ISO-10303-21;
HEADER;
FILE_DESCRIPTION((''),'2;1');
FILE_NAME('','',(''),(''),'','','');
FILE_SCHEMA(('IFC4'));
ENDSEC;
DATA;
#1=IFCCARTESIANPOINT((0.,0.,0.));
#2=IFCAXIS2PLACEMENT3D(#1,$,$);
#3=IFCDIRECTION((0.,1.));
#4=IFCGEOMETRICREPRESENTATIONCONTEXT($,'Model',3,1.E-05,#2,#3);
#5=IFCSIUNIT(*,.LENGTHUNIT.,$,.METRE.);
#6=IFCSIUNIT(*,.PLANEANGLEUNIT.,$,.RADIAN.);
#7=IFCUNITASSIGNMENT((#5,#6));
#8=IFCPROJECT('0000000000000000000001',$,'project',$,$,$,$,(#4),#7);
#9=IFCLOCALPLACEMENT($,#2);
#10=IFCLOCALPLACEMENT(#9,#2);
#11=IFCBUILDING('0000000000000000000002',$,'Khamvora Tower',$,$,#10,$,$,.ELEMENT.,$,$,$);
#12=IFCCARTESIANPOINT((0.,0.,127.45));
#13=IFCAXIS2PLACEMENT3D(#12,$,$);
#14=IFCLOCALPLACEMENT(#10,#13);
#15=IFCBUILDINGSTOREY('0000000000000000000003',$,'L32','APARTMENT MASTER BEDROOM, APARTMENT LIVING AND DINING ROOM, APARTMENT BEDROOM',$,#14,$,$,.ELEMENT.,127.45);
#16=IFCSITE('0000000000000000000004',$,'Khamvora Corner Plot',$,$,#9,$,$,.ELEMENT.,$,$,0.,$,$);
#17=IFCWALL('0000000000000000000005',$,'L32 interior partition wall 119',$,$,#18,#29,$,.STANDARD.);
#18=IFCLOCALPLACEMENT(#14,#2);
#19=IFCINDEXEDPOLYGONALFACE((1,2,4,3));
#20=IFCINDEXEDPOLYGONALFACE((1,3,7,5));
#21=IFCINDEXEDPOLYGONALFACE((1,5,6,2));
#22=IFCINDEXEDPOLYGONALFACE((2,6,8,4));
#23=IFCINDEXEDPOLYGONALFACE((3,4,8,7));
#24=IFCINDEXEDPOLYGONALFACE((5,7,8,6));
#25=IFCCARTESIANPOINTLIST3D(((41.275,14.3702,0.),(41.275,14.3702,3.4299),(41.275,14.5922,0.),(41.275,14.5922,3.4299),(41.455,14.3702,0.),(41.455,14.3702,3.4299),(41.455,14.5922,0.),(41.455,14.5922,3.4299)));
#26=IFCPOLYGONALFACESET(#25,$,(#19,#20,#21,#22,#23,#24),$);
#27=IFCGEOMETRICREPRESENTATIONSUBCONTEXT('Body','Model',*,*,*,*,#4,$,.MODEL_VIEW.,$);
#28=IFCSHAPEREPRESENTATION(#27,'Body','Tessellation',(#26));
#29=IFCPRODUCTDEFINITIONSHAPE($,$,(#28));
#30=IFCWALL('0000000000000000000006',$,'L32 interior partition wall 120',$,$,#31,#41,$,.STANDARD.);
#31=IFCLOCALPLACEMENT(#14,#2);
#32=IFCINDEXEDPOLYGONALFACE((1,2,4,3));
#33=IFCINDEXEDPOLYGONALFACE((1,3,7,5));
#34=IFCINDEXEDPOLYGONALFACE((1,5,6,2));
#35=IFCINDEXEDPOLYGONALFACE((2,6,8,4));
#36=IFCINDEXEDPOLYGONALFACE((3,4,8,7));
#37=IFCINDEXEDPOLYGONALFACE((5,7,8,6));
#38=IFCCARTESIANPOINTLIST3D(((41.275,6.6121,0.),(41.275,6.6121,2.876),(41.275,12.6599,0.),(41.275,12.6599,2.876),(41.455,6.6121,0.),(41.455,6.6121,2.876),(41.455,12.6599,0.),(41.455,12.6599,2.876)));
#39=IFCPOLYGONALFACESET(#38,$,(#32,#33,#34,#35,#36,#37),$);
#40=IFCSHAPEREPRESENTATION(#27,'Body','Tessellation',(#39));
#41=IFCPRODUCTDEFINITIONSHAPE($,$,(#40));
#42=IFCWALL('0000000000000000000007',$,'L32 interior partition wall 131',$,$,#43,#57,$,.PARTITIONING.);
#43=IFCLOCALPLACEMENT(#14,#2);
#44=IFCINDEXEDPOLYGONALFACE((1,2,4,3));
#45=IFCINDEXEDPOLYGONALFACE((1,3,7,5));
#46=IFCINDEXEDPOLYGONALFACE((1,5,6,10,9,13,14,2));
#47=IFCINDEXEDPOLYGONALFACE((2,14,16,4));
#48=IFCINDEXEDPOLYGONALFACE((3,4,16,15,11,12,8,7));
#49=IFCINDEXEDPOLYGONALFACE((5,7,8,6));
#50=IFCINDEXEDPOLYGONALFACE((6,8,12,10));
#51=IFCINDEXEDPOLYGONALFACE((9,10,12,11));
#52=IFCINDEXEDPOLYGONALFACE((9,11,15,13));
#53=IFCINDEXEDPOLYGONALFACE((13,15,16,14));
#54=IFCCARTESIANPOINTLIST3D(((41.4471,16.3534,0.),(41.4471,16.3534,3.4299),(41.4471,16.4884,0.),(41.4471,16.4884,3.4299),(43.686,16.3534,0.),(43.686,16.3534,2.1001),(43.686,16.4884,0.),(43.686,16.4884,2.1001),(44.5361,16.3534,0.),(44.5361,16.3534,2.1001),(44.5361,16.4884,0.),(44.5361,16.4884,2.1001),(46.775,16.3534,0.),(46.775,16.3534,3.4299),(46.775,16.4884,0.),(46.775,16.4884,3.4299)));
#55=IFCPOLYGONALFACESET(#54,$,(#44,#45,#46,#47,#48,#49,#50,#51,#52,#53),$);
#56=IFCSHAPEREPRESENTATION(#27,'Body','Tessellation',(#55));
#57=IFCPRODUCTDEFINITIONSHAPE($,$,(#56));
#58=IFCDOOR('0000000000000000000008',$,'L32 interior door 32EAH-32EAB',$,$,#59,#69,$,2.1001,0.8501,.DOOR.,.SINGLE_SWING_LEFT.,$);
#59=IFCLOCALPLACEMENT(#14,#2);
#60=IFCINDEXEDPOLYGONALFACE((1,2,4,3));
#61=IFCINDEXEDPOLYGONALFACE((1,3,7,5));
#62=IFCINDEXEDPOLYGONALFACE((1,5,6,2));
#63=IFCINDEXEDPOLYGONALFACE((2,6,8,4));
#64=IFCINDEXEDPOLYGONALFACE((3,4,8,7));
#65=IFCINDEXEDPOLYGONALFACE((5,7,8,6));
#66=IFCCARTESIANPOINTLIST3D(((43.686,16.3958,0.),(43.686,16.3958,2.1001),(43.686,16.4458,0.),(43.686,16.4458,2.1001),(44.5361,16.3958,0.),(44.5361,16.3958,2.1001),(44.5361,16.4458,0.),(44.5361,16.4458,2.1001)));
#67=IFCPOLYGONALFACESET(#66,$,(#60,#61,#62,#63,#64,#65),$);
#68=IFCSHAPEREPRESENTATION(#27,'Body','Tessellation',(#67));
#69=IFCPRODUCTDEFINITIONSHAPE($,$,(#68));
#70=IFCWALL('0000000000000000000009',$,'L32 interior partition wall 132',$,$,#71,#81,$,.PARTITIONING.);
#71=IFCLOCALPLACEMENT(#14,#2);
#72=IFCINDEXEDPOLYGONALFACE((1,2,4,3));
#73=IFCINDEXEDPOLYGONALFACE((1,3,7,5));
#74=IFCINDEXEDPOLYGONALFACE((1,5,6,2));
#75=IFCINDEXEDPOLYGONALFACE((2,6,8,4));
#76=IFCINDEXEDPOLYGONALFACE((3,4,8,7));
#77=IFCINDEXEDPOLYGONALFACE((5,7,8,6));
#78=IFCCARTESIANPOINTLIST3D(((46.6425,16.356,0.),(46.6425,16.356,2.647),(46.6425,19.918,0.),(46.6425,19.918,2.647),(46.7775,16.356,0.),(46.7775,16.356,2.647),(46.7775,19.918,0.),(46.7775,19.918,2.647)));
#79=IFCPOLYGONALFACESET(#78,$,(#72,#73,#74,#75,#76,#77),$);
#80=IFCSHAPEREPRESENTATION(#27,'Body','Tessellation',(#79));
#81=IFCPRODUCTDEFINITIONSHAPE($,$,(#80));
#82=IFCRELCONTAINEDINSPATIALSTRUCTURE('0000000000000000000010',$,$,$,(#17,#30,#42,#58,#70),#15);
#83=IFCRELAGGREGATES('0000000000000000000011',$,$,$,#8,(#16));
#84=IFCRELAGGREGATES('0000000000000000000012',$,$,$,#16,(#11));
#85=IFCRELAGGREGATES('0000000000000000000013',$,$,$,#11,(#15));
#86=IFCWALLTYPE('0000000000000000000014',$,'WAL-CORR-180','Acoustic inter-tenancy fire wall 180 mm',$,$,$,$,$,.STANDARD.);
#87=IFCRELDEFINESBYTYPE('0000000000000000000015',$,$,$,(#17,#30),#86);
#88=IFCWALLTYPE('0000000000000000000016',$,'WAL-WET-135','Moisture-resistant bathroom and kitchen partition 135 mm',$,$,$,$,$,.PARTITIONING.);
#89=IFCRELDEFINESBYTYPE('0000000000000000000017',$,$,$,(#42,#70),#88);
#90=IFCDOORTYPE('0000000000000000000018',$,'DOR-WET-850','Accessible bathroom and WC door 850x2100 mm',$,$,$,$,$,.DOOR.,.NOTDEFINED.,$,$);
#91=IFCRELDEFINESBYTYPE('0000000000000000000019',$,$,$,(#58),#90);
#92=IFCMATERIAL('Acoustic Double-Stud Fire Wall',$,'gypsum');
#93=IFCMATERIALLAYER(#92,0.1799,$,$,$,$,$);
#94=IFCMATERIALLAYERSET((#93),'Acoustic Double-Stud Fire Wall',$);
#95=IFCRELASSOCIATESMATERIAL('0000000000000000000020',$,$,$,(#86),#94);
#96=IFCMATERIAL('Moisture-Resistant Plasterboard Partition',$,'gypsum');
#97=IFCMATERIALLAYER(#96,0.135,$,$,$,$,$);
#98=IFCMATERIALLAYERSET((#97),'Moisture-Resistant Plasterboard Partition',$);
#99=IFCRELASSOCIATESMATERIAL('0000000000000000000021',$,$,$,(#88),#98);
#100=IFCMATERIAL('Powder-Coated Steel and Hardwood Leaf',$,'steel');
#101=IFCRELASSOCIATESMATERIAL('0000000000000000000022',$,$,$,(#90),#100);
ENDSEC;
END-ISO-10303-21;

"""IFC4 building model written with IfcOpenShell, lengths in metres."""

from ifc_helpers import new_model, si_unit, direction, frame, frame_2d, origin, place, context, subcontext, project, spatial, rectangle, extrude, material, layer, layer_set, type_object, element, fill, save


model = new_model("IFC4")

# Units and contexts
model_context = context("Model", 3, precision=1e-05, world=origin(), true_north=direction((0.0, 1.0)))
body_context = subcontext(model_context, "Body", "Model", "MODEL_VIEW")
ifc_project = project(units=[si_unit("LENGTHUNIT", "METRE"), si_unit("PLANEANGLEUNIT", "RADIAN")], contexts=[model_context])

# Site, building, storey
site_placement = place(None, origin())
site = spatial("IfcSite", under=ifc_project, at=site_placement, Name="Khamvora Corner Plot", CompositionType="ELEMENT", RefElevation=0.0)
building_placement = place(site_placement, origin())
building = spatial("IfcBuilding", under=site, at=building_placement, Name="Khamvora Tower", CompositionType="ELEMENT")
storey_placement = place(building_placement, frame((0.0, 0.0, 127.45)))
storey = spatial("IfcBuildingStorey", under=building, at=storey_placement, Name="L32", Description="APARTMENT MASTER BEDROOM, APARTMENT LIVING AND DINING ROOM, APARTMENT BEDROOM", CompositionType="ELEMENT", Elevation=127.45)

# Walls
ifc_material_1 = material(Name="Acoustic Double-Stud Fire Wall", Category="gypsum")
ifc_layer_1 = layer(ifc_material_1, 0.1799)
ifc_layer_set_1 = layer_set([ifc_layer_1], Name="Acoustic Double-Stud Fire Wall")
wall_type_1 = type_object("IfcWallType", Name="WAL-CORR-180", Description="Acoustic inter-tenancy fire wall 180 mm", PredefinedType="STANDARD", material=ifc_layer_set_1)
wall_1_placement = place(storey_placement, frame((41.365, 14.592, 0.0), z_axis=(0.0, 0.0, 1.0), x_axis=(0.0, -1.0, 0.0)))
element("IfcWall", 1, at=wall_1_placement, inside=storey, type_object=wall_type_1, Name="L32 interior partition wall 119", PredefinedType="STANDARD", context=body_context, shape_type="SweptSolid", body=[
    extrude(rectangle(XDim=0.2219, YDim=0.1799, at=frame_2d((0.1108, 0.0))), origin(), (0.0, 0.0, 1.0), 3.4299),
])
wall_2_placement = place(storey_placement, frame((41.365, 12.6599, 0.0), z_axis=(0.0, 0.0, 1.0), x_axis=(0.0, -1.0, 0.0)))
element("IfcWall", 2, at=wall_2_placement, inside=storey, type_object=wall_type_1, Name="L32 interior partition wall 120", PredefinedType="STANDARD", context=body_context, shape_type="SweptSolid", body=[
    extrude(rectangle(XDim=6.0479, YDim=0.1799, at=frame_2d((3.0239, 0.0))), origin(), (0.0, 0.0, 1.0), 2.876),
])

# Wall, opening, door
ifc_material_2 = material(Name="Moisture-Resistant Plasterboard Partition", Category="gypsum")
ifc_layer_2 = layer(ifc_material_2, 0.135)
ifc_layer_set_2 = layer_set([ifc_layer_2], Name="Moisture-Resistant Plasterboard Partition")
wall_type_2 = type_object("IfcWallType", Name="WAL-WET-135", Description="Moisture-resistant bathroom and kitchen partition 135 mm", PredefinedType="PARTITIONING", material=ifc_layer_set_2)
wall_3_placement = place(storey_placement, frame((41.447, 16.4209, 0.0), z_axis=(0.0, 0.0, 1.0), x_axis=(1.0, 0.0, 0.0)))
wall_3 = element("IfcWall", 3, at=wall_3_placement, inside=storey, type_object=wall_type_2, Name="L32 interior partition wall 131", PredefinedType="PARTITIONING", context=body_context, shape_type="SweptSolid", body=[
    extrude(rectangle(XDim=5.3279, YDim=0.135, at=frame_2d((2.6641, 0.0))), origin(), (0.0, 0.0, 1.0), 3.4299),
])
opening_placement = place(wall_3_placement, frame((2.239, 0.0, 0.0)))
opening = element("IfcOpeningElement", 4, at=opening_placement, cuts=wall_3, PredefinedType="OPENING", context=body_context, shape_type="SweptSolid", body=[
    extrude(rectangle(XDim=0.8501, YDim=2.1001, at=frame_2d((0.425, 1.05))), frame((0.0, 0.0774, 0.0), z_axis=(0.0, -1.0, 0.0), x_axis=(1.0, 0.0, 0.0)), (0.0, 0.0, 1.0), 0.155),
])
ifc_material_3 = material(Name="Powder-Coated Steel and Hardwood Leaf", Category="steel")
door_type = type_object("IfcDoorType", Name="DOR-WET-850", Description="Accessible bathroom and WC door 850x2100 mm", OperationType="NOTDEFINED", PredefinedType="DOOR", material=ifc_material_3)
door_placement = place(opening_placement, origin())
door = element("IfcDoor", 5, at=door_placement, inside=storey, type_object=door_type, Name="L32 interior door 32EAH-32EAB", OperationType="SINGLE_SWING_LEFT", OverallHeight=2.1001, OverallWidth=0.8501, PredefinedType="DOOR", context=body_context, shape_type="SweptSolid", body=[
    extrude(rectangle(XDim=0.8501, YDim=2.1001, at=frame_2d((0.425, 1.05))), frame((0.0, 0.0249, 0.0), z_axis=(0.0, -1.0, 0.0), x_axis=(1.0, 0.0, 0.0)), (0.0, 0.0, 1.0), 0.05),
])
fill(opening, door)

# Wall
wall_4_placement = place(storey_placement, frame((46.71, 16.356, 0.0), z_axis=(0.0, 0.0, 1.0), x_axis=(0.0, 1.0, 0.0)))
element("IfcWall", 6, at=wall_4_placement, inside=storey, type_object=wall_type_2, Name="L32 interior partition wall 132", PredefinedType="PARTITIONING", context=body_context, shape_type="SweptSolid", body=[
    extrude(rectangle(XDim=3.562, YDim=0.135, at=frame_2d((1.781, 0.0))), origin(), (0.0, 0.0, 1.0), 2.647),
])

save(model, "model.ifc")
